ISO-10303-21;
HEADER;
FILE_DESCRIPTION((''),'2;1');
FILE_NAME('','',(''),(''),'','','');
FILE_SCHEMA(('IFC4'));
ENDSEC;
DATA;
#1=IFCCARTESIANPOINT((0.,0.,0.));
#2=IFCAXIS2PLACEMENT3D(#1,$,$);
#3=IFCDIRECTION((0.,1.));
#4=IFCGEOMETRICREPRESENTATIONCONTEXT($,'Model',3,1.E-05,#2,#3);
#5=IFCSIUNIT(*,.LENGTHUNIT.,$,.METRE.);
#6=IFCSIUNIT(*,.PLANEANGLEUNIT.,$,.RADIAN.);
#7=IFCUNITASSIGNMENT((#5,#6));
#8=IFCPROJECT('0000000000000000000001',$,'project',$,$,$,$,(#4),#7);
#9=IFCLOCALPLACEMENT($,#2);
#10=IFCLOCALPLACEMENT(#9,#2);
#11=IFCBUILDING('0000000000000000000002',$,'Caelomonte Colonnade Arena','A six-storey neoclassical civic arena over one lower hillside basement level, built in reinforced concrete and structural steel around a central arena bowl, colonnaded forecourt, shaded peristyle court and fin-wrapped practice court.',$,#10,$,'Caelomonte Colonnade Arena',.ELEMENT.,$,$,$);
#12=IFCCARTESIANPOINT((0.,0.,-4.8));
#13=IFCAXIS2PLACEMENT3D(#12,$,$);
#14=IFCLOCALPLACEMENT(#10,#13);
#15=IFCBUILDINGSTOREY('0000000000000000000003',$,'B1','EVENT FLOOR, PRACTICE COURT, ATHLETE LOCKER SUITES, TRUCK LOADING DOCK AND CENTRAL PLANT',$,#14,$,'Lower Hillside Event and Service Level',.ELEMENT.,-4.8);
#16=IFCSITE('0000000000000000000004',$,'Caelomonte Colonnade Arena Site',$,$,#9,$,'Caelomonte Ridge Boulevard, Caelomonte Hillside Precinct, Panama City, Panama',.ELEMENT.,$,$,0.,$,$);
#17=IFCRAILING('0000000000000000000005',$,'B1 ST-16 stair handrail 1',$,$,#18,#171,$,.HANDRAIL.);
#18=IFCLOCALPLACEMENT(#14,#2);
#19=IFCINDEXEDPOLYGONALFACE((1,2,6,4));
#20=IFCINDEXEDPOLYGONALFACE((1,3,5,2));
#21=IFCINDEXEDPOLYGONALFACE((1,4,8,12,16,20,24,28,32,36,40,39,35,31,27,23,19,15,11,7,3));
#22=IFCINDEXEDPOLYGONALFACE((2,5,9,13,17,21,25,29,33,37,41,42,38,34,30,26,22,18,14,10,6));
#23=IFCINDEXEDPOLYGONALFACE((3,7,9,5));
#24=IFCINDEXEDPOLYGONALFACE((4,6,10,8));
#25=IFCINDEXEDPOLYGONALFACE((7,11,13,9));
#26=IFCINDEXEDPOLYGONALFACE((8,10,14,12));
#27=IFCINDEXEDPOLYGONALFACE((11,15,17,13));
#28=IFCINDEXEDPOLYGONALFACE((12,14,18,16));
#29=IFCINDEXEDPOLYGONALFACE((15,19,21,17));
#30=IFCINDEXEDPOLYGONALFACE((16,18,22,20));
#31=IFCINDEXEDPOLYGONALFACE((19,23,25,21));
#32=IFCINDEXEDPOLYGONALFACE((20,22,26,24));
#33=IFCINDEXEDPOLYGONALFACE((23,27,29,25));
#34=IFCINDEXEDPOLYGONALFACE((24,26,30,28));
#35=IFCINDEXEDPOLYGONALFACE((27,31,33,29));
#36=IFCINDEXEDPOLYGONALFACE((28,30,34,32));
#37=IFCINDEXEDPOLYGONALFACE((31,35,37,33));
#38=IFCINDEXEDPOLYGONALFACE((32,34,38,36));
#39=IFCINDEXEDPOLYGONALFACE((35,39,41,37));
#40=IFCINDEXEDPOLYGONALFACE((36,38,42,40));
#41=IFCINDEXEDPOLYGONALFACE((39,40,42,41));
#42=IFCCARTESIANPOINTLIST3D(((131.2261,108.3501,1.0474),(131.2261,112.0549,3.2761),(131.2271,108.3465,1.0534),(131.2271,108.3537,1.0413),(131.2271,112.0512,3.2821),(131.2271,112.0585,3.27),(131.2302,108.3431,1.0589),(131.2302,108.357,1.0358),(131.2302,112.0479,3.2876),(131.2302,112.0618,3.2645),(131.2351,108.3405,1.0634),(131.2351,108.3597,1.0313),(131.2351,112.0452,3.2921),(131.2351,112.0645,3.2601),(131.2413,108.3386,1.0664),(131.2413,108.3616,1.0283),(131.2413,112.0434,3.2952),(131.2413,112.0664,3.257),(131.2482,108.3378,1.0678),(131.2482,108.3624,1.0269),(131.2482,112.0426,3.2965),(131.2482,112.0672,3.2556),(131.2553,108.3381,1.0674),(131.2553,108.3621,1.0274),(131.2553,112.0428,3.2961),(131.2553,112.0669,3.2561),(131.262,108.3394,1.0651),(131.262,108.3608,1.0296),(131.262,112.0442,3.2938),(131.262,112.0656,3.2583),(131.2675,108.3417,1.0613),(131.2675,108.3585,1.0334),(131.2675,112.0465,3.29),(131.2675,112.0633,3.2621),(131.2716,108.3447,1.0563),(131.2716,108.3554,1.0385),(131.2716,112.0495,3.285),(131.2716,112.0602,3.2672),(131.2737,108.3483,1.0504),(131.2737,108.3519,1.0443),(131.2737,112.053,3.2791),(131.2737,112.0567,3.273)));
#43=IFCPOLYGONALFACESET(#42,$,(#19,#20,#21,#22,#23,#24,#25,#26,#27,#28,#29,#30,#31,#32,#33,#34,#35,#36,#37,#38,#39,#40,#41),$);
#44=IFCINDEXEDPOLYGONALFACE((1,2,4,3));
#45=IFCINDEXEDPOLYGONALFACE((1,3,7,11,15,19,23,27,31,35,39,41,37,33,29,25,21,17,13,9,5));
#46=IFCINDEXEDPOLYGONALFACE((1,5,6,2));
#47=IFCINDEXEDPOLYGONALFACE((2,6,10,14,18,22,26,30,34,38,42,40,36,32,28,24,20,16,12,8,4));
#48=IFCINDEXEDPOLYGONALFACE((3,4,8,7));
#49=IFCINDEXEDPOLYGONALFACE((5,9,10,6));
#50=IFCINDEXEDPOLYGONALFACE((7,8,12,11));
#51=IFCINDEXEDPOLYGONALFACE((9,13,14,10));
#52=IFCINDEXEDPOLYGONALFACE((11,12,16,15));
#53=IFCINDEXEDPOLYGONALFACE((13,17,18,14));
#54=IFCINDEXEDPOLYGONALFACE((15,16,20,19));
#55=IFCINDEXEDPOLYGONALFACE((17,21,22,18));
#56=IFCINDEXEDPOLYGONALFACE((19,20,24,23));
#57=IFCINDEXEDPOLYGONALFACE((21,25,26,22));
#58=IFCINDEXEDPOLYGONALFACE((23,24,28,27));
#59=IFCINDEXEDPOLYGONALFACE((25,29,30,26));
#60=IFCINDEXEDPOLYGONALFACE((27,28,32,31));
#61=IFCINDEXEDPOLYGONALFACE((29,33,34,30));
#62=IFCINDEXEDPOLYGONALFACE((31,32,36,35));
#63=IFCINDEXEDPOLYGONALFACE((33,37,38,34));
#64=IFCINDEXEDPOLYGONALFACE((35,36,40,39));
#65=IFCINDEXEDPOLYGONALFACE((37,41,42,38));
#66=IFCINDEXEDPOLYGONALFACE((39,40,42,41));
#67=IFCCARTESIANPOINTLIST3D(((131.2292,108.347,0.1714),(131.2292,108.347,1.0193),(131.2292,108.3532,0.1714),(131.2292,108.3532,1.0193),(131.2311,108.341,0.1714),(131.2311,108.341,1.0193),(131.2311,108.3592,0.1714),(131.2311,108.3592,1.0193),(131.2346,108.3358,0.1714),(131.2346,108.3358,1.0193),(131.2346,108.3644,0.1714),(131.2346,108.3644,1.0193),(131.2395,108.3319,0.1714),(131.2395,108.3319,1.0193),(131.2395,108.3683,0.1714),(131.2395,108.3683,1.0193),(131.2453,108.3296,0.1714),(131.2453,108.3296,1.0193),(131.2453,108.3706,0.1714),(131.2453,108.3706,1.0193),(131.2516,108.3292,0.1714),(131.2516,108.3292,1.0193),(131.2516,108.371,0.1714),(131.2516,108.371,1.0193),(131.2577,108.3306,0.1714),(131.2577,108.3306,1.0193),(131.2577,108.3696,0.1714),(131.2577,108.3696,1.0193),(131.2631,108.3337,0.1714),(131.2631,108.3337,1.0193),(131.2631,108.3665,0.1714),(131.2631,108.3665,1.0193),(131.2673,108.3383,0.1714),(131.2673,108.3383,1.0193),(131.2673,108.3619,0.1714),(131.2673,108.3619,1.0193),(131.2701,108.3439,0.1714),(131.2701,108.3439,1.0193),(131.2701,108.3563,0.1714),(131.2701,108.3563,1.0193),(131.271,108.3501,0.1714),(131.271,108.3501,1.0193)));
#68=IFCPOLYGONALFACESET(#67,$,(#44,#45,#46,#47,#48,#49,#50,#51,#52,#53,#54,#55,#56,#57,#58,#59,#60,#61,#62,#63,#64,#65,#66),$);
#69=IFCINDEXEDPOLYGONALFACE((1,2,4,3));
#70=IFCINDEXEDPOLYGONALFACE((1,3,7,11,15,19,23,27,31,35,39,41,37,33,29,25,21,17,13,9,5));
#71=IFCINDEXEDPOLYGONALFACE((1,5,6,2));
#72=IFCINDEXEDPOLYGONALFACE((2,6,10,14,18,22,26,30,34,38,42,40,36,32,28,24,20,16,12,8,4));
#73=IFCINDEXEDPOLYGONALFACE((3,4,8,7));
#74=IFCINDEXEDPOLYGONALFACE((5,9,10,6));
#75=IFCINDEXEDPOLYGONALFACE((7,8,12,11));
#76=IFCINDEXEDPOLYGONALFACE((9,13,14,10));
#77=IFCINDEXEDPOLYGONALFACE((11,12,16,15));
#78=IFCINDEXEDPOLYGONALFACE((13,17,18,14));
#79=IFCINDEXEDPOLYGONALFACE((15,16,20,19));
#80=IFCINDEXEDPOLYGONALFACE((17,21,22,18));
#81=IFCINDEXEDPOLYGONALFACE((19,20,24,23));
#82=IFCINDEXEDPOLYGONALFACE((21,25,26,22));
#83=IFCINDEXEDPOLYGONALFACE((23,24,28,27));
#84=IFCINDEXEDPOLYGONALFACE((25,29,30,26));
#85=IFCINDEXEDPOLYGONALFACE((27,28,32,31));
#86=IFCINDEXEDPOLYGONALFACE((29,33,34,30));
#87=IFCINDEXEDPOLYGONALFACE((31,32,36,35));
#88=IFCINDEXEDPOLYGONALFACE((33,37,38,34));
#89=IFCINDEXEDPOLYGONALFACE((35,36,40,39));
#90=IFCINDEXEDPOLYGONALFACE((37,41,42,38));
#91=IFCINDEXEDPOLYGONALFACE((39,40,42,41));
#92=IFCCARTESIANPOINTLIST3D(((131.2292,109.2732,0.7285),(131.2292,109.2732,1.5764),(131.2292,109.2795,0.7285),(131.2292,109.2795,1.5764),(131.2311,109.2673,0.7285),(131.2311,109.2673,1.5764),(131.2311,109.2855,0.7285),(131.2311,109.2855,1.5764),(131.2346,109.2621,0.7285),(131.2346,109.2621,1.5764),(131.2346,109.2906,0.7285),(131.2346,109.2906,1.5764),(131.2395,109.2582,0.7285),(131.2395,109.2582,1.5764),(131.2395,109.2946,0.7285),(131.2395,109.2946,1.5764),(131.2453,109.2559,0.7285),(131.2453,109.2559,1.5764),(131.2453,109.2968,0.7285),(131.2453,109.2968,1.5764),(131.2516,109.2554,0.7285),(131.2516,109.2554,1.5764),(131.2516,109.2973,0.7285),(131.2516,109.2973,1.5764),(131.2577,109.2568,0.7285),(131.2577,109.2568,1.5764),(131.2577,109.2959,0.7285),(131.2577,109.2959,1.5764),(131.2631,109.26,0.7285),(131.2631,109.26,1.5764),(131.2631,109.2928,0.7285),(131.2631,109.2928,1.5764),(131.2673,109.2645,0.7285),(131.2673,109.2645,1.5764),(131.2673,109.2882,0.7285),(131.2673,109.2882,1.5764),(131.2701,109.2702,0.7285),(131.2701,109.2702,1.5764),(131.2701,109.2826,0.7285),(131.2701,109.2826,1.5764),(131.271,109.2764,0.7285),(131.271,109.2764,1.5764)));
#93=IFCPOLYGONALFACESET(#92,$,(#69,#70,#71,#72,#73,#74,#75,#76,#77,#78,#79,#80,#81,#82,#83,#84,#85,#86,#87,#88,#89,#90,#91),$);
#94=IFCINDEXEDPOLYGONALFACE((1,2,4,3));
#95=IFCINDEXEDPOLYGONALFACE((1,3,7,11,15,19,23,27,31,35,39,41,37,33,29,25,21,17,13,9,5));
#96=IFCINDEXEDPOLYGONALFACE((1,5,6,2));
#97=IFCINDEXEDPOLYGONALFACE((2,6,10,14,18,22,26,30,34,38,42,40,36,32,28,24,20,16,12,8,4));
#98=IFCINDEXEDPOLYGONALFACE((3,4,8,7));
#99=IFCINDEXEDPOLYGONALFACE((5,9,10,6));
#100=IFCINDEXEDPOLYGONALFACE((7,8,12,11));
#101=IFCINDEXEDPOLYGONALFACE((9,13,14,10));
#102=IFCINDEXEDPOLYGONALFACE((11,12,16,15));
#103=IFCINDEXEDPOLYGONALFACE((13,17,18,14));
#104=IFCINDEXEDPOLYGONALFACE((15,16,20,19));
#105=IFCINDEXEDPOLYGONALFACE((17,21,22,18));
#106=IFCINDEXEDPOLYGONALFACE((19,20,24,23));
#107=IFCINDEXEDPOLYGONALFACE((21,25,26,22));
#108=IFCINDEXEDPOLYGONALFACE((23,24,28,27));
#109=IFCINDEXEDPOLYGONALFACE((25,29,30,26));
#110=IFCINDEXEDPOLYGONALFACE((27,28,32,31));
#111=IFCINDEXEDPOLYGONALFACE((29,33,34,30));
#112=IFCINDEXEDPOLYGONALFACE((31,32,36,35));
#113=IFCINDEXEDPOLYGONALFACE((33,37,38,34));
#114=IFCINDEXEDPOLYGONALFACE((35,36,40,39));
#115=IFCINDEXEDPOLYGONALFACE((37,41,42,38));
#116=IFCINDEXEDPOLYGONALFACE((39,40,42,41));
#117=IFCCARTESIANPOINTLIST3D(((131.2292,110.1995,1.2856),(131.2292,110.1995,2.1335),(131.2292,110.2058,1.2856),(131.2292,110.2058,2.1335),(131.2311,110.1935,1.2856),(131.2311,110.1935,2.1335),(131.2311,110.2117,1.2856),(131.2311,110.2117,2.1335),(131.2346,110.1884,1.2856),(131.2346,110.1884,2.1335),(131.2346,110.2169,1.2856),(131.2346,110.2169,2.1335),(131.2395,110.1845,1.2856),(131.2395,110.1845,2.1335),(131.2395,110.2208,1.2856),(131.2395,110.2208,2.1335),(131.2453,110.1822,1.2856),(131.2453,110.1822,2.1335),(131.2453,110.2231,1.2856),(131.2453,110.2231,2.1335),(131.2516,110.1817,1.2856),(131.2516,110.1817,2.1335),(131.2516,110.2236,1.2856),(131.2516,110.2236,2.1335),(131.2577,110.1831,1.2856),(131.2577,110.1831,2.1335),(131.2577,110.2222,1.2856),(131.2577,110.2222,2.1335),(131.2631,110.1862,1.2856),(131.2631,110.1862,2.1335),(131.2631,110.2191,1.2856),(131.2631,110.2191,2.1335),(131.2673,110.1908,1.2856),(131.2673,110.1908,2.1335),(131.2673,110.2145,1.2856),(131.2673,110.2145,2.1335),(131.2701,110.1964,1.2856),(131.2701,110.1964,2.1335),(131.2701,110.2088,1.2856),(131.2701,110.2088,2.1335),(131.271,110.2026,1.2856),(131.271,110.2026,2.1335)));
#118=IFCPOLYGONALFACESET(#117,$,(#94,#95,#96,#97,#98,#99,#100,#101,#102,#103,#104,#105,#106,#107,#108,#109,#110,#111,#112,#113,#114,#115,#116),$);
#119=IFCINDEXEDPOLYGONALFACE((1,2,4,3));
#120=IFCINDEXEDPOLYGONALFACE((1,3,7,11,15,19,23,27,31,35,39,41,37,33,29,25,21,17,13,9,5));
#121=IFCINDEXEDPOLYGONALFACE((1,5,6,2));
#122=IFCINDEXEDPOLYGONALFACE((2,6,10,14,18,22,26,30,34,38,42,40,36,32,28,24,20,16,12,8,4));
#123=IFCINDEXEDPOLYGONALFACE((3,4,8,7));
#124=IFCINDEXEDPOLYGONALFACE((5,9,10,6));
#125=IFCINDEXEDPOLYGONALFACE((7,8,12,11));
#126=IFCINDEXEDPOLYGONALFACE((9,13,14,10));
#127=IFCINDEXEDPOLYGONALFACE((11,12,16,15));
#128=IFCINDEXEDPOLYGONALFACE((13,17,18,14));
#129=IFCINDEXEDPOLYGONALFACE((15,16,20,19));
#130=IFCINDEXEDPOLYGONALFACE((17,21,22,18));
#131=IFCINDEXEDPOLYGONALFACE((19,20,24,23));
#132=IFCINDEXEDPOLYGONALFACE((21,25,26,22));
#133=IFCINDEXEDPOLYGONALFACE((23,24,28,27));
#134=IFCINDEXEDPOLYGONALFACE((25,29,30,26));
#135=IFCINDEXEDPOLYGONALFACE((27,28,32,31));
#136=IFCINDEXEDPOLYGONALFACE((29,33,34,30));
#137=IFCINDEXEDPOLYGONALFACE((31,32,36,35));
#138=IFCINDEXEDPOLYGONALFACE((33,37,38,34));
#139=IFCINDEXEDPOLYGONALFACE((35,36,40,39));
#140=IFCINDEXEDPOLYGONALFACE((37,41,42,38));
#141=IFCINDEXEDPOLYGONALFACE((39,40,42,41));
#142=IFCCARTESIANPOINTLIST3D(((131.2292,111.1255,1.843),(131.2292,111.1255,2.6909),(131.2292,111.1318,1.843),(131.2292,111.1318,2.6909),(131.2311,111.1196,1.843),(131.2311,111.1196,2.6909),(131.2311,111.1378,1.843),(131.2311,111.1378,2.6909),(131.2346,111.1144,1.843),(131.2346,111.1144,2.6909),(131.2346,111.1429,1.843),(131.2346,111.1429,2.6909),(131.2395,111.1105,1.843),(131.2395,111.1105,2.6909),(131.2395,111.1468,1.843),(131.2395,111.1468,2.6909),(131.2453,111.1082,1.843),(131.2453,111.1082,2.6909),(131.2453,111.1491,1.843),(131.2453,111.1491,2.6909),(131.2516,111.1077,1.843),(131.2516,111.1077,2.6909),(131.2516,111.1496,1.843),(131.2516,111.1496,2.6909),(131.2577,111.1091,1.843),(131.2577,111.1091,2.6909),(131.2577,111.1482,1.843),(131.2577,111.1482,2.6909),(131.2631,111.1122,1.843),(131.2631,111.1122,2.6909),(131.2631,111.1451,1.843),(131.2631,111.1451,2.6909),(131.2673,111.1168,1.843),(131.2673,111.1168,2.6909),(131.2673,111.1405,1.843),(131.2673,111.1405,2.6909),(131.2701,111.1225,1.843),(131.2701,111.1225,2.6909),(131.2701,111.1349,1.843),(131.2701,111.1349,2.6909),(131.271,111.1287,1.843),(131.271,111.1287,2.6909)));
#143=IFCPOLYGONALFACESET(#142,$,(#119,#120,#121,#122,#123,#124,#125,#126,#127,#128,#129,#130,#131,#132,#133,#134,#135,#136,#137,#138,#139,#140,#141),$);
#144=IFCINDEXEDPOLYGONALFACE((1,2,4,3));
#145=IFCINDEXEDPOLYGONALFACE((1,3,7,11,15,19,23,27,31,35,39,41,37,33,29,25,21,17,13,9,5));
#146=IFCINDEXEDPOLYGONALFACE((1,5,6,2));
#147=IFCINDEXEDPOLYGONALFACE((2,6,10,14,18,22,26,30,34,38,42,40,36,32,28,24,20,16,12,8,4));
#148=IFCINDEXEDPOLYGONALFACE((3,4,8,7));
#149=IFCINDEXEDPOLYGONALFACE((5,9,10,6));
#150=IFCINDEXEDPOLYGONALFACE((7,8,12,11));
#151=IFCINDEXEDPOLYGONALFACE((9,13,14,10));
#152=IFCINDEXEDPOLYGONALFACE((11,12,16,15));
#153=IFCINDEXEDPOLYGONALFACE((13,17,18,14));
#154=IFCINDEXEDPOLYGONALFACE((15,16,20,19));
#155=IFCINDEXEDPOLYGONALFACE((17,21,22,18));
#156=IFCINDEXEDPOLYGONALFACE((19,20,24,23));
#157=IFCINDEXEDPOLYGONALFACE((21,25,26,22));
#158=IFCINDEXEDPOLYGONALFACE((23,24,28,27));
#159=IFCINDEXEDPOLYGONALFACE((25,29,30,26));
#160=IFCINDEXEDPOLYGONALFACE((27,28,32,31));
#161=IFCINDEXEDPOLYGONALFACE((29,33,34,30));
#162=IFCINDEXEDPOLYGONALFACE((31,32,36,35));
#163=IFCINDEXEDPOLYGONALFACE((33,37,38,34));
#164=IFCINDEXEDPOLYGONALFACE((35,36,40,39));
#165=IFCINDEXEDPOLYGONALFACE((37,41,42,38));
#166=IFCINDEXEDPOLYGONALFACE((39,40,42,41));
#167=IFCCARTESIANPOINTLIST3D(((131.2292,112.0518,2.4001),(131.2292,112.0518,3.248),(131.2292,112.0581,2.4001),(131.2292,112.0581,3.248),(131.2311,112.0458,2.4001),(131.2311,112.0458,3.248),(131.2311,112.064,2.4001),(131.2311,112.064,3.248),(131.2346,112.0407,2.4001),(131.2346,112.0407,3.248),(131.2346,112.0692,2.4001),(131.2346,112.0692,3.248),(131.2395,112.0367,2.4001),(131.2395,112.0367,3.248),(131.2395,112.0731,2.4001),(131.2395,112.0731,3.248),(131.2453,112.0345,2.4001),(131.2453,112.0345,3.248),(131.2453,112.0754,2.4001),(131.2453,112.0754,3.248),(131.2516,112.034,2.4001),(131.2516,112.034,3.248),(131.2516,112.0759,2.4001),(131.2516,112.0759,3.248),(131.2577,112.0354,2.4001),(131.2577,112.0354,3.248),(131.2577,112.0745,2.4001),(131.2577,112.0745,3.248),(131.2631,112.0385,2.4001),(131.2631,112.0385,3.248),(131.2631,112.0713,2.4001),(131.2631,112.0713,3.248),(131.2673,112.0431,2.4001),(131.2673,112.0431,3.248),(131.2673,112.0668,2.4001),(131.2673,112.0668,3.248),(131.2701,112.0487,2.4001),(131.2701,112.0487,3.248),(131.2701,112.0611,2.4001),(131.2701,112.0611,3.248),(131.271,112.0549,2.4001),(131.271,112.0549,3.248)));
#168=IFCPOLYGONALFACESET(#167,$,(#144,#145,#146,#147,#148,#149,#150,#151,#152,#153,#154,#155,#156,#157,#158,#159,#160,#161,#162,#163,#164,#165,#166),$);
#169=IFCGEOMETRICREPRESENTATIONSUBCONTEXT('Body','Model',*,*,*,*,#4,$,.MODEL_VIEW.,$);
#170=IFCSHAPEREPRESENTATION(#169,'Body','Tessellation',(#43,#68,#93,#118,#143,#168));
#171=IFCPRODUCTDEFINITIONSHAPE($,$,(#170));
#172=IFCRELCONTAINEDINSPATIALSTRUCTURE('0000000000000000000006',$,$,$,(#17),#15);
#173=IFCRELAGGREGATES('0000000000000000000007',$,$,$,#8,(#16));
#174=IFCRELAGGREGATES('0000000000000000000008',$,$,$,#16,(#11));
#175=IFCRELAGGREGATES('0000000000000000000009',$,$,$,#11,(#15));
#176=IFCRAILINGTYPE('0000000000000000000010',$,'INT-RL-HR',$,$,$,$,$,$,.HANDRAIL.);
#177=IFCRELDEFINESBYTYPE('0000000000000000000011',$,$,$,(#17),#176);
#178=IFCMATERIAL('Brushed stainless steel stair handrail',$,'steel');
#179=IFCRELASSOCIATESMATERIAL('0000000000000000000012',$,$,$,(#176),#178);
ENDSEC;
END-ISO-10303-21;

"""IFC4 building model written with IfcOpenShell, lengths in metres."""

from ifc_helpers import new_model, si_unit, direction, frame, origin, origin_2d, place, context, subcontext, project, spatial, circle, extrude, material, type_object, element, save


model = new_model("IFC4")

# Units and contexts
model_context = context("Model", 3, precision=1e-05, world=origin(), true_north=direction((0.0, 1.0)))
body_context = subcontext(model_context, "Body", "Model", "MODEL_VIEW")
ifc_project = project(units=[si_unit("LENGTHUNIT", "METRE"), si_unit("PLANEANGLEUNIT", "RADIAN")], contexts=[model_context])

# Site, building, storey
site_placement = place(None, origin())
site = spatial("IfcSite", under=ifc_project, at=site_placement, Name="Caelomonte Colonnade Arena Site", LongName="Caelomonte Ridge Boulevard, Caelomonte Hillside Precinct, Panama City, Panama", CompositionType="ELEMENT", RefElevation=0.0)
building_placement = place(site_placement, origin())
building = spatial("IfcBuilding", under=site, at=building_placement, Name="Caelomonte Colonnade Arena", Description="A six-storey neoclassical civic arena over one lower hillside basement level, built in reinforced concrete and structural steel around a central arena bowl, colonnaded forecourt, shaded peristyle court and fin-wrapped practice court.", LongName="Caelomonte Colonnade Arena", CompositionType="ELEMENT")
storey_placement = place(building_placement, frame((0.0, 0.0, -4.8)))
storey = spatial("IfcBuildingStorey", under=building, at=storey_placement, Name="B1", Description="EVENT FLOOR, PRACTICE COURT, ATHLETE LOCKER SUITES, TRUCK LOADING DOCK AND CENTRAL PLANT", LongName="Lower Hillside Event and Service Level", CompositionType="ELEMENT", Elevation=-4.8)

# Railing
ifc_material_1 = material(Name="Brushed stainless steel stair handrail", Category="steel")
railing_type_1 = type_object("IfcRailingType", Name="INT-RL-HR", PredefinedType="HANDRAIL", material=ifc_material_1)
railing_1_placement = place(storey_placement, frame((131.25, 108.3501, 0.1714)))
element("IfcRailing", 1, at=railing_1_placement, inside=storey, type_object=railing_type_1, Name="B1 ST-16 stair handrail 1", PredefinedType="HANDRAIL", context=body_context, shape_type="SweptSolid", body=[
    extrude(circle(Radius=0.0239, at=origin_2d()), frame((0.0, 0.0, 0.876), z_axis=(0.0, 0.856894, 0.515492), x_axis=(-1.0, 0.0, 0.0)), (0.0, 0.0, 1.0), 4.3235),
    extrude(circle(Radius=0.021, at=origin_2d()), origin(), (0.0, 0.0, 1.0), 0.8479),
    extrude(circle(Radius=0.021, at=origin_2d()), frame((0.0, 0.9263, 0.5571)), (0.0, 0.0, 1.0), 0.8479),
    extrude(circle(Radius=0.021, at=origin_2d()), frame((0.0, 1.8525, 1.1143)), (0.0, 0.0, 1.0), 0.8479),
    extrude(circle(Radius=0.021, at=origin_2d()), frame((0.0, 2.7786, 1.6716)), (0.0, 0.0, 1.0), 0.8479),
    extrude(circle(Radius=0.021, at=origin_2d()), frame((0.0, 3.7048, 2.2288)), (0.0, 0.0, 1.0), 0.8479),
])

save(model, "model.ifc")
